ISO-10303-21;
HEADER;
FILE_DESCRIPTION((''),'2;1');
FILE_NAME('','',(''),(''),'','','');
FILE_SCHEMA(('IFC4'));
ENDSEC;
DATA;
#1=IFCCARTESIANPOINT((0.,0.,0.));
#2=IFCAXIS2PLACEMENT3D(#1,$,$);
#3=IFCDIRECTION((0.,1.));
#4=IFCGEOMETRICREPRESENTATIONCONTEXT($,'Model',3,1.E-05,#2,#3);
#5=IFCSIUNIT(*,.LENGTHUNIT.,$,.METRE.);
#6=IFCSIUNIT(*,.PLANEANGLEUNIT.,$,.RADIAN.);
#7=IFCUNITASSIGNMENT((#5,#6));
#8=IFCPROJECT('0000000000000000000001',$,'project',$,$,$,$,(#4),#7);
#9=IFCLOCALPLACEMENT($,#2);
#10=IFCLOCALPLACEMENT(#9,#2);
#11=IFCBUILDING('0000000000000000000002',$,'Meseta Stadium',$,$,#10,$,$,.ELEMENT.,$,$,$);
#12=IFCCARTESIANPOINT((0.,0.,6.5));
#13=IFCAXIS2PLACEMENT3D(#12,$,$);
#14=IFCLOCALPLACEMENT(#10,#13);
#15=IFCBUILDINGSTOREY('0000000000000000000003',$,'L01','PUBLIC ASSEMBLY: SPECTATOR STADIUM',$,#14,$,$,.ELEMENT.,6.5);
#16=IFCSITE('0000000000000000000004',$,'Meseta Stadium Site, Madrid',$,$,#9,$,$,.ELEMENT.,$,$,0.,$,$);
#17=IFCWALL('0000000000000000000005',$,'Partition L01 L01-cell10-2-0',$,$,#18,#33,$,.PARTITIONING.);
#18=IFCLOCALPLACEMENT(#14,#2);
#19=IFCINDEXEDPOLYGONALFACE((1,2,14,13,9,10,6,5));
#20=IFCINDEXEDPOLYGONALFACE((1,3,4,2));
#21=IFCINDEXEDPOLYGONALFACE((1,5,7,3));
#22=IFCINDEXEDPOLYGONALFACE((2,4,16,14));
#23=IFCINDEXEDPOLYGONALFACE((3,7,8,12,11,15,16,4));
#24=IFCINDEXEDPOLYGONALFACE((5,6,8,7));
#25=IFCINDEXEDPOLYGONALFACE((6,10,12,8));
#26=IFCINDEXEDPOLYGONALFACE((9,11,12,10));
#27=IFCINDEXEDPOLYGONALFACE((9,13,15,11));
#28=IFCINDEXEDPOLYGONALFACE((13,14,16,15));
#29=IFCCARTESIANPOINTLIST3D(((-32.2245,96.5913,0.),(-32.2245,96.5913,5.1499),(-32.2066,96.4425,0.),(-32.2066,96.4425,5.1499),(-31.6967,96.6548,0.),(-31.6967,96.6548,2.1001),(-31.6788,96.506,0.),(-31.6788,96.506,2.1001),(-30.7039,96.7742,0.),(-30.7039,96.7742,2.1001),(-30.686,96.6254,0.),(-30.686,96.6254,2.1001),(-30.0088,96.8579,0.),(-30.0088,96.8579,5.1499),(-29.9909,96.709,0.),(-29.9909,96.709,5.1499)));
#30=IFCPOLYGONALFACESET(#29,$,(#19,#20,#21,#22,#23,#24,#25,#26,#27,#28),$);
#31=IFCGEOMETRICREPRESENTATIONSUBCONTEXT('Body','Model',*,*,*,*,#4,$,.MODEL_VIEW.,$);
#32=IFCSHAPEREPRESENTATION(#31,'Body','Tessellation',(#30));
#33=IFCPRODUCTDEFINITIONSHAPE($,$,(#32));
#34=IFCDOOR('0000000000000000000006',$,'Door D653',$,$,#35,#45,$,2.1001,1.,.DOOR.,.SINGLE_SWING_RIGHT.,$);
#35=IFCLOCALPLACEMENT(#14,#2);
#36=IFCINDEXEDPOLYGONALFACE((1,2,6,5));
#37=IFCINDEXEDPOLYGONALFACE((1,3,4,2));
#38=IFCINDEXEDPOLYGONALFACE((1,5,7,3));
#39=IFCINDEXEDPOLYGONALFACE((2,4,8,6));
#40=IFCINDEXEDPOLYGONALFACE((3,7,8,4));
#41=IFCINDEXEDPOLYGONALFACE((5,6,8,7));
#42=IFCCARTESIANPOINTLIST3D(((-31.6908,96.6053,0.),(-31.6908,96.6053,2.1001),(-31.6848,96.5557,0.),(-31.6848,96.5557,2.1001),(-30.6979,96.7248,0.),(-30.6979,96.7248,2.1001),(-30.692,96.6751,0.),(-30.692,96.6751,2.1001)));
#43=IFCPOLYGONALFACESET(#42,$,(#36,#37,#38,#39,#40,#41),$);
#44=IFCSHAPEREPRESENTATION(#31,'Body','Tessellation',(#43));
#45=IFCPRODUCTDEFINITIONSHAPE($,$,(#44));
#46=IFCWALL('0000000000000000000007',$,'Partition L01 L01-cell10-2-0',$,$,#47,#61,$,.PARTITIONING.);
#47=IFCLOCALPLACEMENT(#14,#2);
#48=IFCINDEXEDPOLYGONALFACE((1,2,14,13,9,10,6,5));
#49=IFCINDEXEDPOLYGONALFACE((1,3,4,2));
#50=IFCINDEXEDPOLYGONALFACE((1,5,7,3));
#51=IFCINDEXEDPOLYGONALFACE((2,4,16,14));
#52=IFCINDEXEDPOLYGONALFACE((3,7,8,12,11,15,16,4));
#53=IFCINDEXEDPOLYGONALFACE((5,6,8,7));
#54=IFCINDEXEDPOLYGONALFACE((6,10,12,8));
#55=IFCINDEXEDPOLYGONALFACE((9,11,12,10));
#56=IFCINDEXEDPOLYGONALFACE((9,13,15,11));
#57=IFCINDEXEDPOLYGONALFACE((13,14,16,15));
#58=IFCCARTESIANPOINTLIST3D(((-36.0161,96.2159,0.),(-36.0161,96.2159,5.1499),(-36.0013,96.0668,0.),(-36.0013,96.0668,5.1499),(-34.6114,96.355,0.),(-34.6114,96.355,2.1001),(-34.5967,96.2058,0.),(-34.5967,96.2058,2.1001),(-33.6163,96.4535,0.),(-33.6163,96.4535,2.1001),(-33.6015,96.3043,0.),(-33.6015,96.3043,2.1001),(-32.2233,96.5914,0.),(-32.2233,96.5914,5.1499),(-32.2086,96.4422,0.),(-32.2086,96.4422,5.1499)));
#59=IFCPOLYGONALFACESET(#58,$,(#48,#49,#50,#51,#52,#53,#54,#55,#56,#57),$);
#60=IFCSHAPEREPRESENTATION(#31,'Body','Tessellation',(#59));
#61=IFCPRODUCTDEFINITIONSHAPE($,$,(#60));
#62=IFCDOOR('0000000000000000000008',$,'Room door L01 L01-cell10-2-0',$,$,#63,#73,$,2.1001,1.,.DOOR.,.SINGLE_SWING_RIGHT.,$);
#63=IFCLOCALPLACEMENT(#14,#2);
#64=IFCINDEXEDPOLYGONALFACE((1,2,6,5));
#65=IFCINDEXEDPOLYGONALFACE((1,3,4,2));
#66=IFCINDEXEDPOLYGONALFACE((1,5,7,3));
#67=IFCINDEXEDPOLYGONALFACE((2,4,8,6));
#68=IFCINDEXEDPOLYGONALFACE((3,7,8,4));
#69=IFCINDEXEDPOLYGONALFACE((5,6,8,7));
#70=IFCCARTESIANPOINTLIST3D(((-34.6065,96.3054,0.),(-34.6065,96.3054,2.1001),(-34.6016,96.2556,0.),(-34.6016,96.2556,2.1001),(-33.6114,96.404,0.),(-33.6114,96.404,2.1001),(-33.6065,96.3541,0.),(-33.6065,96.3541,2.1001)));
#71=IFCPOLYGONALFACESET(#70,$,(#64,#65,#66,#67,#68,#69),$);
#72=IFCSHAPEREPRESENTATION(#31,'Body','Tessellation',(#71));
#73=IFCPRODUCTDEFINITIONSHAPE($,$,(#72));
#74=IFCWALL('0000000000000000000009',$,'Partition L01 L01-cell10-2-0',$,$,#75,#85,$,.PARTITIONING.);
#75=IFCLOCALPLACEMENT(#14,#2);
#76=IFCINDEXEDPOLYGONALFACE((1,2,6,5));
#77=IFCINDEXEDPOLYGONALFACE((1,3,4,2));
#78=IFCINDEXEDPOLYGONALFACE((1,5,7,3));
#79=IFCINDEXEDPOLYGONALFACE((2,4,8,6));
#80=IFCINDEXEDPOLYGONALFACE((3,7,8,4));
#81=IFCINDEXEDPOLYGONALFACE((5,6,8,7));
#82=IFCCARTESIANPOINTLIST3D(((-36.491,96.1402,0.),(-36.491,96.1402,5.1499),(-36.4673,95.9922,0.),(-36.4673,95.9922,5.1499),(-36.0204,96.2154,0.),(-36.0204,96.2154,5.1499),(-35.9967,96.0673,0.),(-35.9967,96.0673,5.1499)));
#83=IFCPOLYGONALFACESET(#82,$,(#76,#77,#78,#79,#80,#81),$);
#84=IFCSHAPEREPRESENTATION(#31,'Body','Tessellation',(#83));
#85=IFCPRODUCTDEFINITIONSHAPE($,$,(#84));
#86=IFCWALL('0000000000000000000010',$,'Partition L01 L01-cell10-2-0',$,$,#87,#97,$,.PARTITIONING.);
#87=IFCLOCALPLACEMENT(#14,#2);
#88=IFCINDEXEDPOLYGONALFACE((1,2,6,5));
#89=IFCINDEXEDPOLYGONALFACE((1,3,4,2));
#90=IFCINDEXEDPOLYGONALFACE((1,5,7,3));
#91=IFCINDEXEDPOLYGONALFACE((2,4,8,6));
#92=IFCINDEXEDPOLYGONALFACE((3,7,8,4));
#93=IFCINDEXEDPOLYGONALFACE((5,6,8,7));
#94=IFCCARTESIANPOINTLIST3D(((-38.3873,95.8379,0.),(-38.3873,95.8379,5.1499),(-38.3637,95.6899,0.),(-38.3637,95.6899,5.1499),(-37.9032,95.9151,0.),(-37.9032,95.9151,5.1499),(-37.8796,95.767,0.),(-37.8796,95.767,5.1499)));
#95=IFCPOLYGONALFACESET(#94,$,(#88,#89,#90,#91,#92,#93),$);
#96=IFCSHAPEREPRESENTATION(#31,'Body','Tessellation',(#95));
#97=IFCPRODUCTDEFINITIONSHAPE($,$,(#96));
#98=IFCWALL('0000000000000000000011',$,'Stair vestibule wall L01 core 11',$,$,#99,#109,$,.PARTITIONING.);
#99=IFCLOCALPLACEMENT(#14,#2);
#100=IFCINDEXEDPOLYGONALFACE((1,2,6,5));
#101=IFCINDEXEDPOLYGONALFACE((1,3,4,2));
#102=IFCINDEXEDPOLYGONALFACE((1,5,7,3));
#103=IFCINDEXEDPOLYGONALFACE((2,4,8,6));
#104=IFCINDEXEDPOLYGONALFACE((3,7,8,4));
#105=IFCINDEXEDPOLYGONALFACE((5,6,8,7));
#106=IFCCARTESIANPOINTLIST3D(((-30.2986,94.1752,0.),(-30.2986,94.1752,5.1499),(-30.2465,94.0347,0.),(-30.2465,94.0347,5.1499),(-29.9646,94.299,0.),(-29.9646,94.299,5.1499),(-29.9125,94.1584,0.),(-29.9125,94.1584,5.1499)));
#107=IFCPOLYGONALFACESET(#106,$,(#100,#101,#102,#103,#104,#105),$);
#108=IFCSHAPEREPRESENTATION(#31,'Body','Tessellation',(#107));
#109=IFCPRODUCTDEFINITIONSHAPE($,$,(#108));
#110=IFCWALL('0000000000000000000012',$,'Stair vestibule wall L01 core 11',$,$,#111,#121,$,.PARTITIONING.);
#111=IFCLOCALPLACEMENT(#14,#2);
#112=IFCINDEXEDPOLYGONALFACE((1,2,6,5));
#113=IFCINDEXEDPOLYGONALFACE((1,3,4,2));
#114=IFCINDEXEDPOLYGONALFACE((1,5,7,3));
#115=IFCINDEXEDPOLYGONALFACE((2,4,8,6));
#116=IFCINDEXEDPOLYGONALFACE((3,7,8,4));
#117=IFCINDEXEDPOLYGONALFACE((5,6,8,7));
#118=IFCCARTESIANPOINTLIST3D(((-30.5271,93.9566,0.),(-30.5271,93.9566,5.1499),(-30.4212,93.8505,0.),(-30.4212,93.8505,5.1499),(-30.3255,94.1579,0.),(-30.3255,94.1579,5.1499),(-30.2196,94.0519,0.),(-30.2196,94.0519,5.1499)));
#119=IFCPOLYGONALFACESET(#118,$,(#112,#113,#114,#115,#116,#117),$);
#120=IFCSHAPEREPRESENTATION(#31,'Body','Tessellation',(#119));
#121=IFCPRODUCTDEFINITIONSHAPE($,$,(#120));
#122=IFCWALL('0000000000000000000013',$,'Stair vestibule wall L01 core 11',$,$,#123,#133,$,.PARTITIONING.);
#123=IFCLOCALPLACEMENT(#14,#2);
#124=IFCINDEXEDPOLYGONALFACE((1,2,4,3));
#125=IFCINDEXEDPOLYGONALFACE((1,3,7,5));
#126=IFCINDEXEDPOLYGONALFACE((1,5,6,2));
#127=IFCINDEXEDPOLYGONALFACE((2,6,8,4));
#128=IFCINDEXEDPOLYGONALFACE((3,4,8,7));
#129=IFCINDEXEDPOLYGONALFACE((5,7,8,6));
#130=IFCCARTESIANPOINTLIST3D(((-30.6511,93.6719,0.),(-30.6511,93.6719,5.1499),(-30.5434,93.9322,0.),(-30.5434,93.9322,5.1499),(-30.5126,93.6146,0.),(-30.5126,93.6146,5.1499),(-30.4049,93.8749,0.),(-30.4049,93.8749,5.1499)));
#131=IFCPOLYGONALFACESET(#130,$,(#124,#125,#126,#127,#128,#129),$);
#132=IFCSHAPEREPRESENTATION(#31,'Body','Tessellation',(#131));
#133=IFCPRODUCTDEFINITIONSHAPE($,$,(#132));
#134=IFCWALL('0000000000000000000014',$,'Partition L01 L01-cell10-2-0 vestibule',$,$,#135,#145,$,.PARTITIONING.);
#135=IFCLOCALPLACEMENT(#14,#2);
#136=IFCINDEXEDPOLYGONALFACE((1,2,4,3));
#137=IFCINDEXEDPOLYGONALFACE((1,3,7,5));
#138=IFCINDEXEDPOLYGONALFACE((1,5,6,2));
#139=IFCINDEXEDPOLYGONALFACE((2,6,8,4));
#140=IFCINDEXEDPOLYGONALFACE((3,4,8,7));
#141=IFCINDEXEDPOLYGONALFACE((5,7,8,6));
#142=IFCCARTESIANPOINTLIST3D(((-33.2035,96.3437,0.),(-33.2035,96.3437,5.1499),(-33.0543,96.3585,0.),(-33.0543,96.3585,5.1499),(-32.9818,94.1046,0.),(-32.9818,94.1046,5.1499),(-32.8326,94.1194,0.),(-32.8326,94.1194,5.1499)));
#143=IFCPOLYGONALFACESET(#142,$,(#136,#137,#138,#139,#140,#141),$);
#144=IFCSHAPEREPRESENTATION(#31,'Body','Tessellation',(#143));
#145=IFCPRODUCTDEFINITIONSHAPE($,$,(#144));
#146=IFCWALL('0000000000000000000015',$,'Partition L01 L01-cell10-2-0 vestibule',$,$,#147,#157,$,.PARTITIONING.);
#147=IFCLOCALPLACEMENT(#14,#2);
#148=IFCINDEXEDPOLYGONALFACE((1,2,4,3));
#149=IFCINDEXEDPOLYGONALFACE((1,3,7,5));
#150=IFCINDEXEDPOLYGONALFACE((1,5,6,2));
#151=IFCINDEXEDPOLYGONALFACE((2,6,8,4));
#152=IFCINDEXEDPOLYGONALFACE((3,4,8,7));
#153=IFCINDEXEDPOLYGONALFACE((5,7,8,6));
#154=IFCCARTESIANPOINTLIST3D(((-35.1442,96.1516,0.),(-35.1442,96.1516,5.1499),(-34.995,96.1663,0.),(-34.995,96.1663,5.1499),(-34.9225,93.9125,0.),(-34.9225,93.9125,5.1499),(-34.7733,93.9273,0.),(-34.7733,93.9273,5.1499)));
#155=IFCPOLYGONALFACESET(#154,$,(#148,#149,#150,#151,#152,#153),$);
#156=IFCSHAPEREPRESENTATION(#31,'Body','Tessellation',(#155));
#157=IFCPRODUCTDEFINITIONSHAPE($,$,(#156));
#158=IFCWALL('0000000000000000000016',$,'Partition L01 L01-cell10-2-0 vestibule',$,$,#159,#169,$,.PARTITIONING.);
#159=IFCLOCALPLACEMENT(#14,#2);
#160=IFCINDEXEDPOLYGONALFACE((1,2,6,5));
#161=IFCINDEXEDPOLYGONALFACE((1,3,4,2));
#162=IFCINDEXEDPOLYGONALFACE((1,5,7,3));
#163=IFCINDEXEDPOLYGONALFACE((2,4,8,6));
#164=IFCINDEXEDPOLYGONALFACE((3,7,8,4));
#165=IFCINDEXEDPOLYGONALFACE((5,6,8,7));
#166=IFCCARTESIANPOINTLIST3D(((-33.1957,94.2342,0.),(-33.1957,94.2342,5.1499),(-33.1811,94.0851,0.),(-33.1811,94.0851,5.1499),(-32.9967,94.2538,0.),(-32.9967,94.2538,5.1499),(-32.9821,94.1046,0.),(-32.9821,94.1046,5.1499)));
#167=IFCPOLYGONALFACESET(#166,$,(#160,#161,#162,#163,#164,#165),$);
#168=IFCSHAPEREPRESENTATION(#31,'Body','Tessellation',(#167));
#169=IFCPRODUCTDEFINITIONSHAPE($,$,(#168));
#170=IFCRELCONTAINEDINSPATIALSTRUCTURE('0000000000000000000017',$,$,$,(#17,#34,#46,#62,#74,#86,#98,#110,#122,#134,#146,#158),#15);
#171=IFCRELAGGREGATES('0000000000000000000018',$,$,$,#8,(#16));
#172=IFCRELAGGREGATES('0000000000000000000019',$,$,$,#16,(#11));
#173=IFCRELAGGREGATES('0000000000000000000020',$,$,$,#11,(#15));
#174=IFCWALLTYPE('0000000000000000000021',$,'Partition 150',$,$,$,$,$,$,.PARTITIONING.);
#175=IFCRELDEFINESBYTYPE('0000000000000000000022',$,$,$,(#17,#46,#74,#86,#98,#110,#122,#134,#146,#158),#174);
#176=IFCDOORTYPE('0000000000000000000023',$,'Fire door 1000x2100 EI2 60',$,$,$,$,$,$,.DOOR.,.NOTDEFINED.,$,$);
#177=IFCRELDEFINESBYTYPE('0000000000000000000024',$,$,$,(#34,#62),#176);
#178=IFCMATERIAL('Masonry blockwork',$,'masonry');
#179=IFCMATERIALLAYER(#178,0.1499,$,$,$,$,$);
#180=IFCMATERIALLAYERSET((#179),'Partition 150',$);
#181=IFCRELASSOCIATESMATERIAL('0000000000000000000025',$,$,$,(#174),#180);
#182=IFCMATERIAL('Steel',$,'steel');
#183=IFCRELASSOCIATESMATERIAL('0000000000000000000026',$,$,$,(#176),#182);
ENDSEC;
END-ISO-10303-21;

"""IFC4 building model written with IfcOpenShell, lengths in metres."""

from ifc_helpers import new_model, si_unit, direction, frame, frame_2d, origin, place, context, subcontext, project, spatial, rectangle, extrude, material, layer, layer_set, type_object, element, fill, save


model = new_model("IFC4")

# Units and contexts
model_context = context("Model", 3, precision=1e-05, world=origin(), true_north=direction((0.0, 1.0)))
body_context = subcontext(model_context, "Body", "Model", "MODEL_VIEW")
ifc_project = project(units=[si_unit("LENGTHUNIT", "METRE"), si_unit("PLANEANGLEUNIT", "RADIAN")], contexts=[model_context])

# Site, building, storey
site_placement = place(None, origin())
site = spatial("IfcSite", under=ifc_project, at=site_placement, Name="Meseta Stadium Site, Madrid", CompositionType="ELEMENT", RefElevation=0.0)
building_placement = place(site_placement, origin())
building = spatial("IfcBuilding", under=site, at=building_placement, Name="Meseta Stadium", CompositionType="ELEMENT")
storey_placement = place(building_placement, frame((0.0, 0.0, 6.5)))
storey = spatial("IfcBuildingStorey", under=building, at=storey_placement, Name="L01", Description="PUBLIC ASSEMBLY: SPECTATOR STADIUM", CompositionType="ELEMENT", Elevation=6.5)

# Walls, openings, doors
ifc_material_1 = material(Name="Masonry blockwork", Category="masonry")
ifc_layer_1 = layer(ifc_material_1, 0.1499)
ifc_layer_set_1 = layer_set([ifc_layer_1], Name="Partition 150")
wall_type_1 = type_object("IfcWallType", Name="Partition 150", PredefinedType="PARTITIONING", material=ifc_layer_set_1)
wall_1_placement = place(storey_placement, frame((-30.0, 96.7834, 0.0), z_axis=(0.0, 0.0, 1.0), x_axis=(-0.99284, -0.119456, 0.0)))
wall_1 = element("IfcWall", 1, at=wall_1_placement, inside=storey, type_object=wall_type_1, Name="Partition L01 L01-cell10-2-0", PredefinedType="PARTITIONING", context=body_context, shape_type="SweptSolid", body=[
    extrude(rectangle(XDim=2.2317, YDim=0.1499, at=frame_2d((1.1157, 0.0))), origin(), (0.0, 0.0, 1.0), 5.1499),
])
opening_1_placement = place(wall_1_placement, frame((0.7, 0.0, 0.0)))
opening_1 = element("IfcOpeningElement", 2, at=opening_1_placement, cuts=wall_1, PredefinedType="OPENING", context=body_context, shape_type="SweptSolid", body=[
    extrude(rectangle(XDim=1.0, YDim=2.1001, at=frame_2d((0.5, 1.05))), frame((0.0, 0.085, 0.0), z_axis=(0.0, -1.0, 0.0), x_axis=(1.0, 0.0, 0.0)), (0.0, 0.0, 1.0), 0.1699),
])
ifc_material_2 = material(Name="Steel", Category="steel")
door_type = type_object("IfcDoorType", Name="Fire door 1000x2100 EI2 60", OperationType="NOTDEFINED", PredefinedType="DOOR", material=ifc_material_2)
door_1_placement = place(opening_1_placement, origin())
door_1 = element("IfcDoor", 3, at=door_1_placement, inside=storey, type_object=door_type, Name="Door D653", OperationType="SINGLE_SWING_RIGHT", OverallHeight=2.1001, OverallWidth=1.0, PredefinedType="DOOR", context=body_context, shape_type="SweptSolid", body=[
    extrude(rectangle(XDim=1.0, YDim=2.1001, at=frame_2d((0.5, 1.05))), frame((0.0, 0.0249, 0.0), z_axis=(0.0, -1.0, 0.0), x_axis=(1.0, 0.0, 0.0)), (0.0, 0.0, 1.0), 0.05),
])
fill(opening_1, door_1)
wall_2_placement = place(storey_placement, frame((-32.2158, 96.5168, 0.0), z_axis=(0.0, 0.0, 1.0), x_axis=(-0.995135, -0.098521, 0.0)))
wall_2 = element("IfcWall", 4, at=wall_2_placement, inside=storey, type_object=wall_type_1, Name="Partition L01 L01-cell10-2-0", PredefinedType="PARTITIONING", context=body_context, shape_type="SweptSolid", body=[
    extrude(rectangle(XDim=3.8113, YDim=0.1499, at=frame_2d((1.9058, 0.0))), origin(), (0.0, 0.0, 1.0), 5.1499),
])
opening_2_placement = place(wall_2_placement, frame((1.3999, 0.0, 0.0)))
opening_2 = element("IfcOpeningElement", 5, at=opening_2_placement, cuts=wall_2, PredefinedType="OPENING", context=body_context, shape_type="SweptSolid", body=[
    extrude(rectangle(XDim=1.0, YDim=2.1001, at=frame_2d((0.5, 1.05))), frame((0.0, 0.085, 0.0), z_axis=(0.0, -1.0, 0.0), x_axis=(1.0, 0.0, 0.0)), (0.0, 0.0, 1.0), 0.1699),
])
door_2_placement = place(opening_2_placement, origin())
door_2 = element("IfcDoor", 6, at=door_2_placement, inside=storey, type_object=door_type, Name="Room door L01 L01-cell10-2-0", OperationType="SINGLE_SWING_RIGHT", OverallHeight=2.1001, OverallWidth=1.0, PredefinedType="DOOR", context=body_context, shape_type="SweptSolid", body=[
    extrude(rectangle(XDim=1.0, YDim=2.1001, at=frame_2d((0.5, 1.05))), frame((0.0, 0.0249, 0.0), z_axis=(0.0, -1.0, 0.0), x_axis=(1.0, 0.0, 0.0)), (0.0, 0.0, 1.0), 0.05),
])
fill(opening_2, door_2)

# Walls
wall_3_placement = place(storey_placement, frame((-36.0085, 96.1414, 0.0), z_axis=(0.0, 0.0, 1.0), x_axis=(-0.987479, -0.157751, 0.0)))
element("IfcWall", 7, at=wall_3_placement, inside=storey, type_object=wall_type_1, Name="Partition L01 L01-cell10-2-0", PredefinedType="PARTITIONING", context=body_context, shape_type="SweptSolid", body=[
    extrude(rectangle(XDim=0.4766, YDim=0.1499, at=frame_2d((0.2383, 0.0))), origin(), (0.0, 0.0, 1.0), 5.1499),
])
wall_4_placement = place(storey_placement, frame((-37.8914, 95.8411, 0.0), z_axis=(0.0, 0.0, 1.0), x_axis=(-0.98754, -0.157369, 0.0)))
element("IfcWall", 8, at=wall_4_placement, inside=storey, type_object=wall_type_1, Name="Partition L01 L01-cell10-2-0", PredefinedType="PARTITIONING", context=body_context, shape_type="SweptSolid", body=[
    extrude(rectangle(XDim=0.4902, YDim=0.1499, at=frame_2d((0.2451, 0.0))), origin(), (0.0, 0.0, 1.0), 5.1499),
])
wall_5_placement = place(storey_placement, frame((-29.9385, 94.2288, 0.0), z_axis=(0.0, 0.0, 1.0), x_axis=(-0.937674, -0.347515, 0.0)))
element("IfcWall", 9, at=wall_5_placement, inside=storey, type_object=wall_type_1, Name="Stair vestibule wall L01 core 11", PredefinedType="PARTITIONING", context=body_context, shape_type="SweptSolid", body=[
    extrude(rectangle(XDim=0.3562, YDim=0.1499, at=frame_2d((0.1782, 0.0))), origin(), (0.0, 0.0, 1.0), 5.1499),
])
wall_6_placement = place(storey_placement, frame((-30.2725, 94.105, 0.0), z_axis=(0.0, 0.0, 1.0), x_axis=(-0.707535, -0.706678, 0.0)))
element("IfcWall", 10, at=wall_6_placement, inside=storey, type_object=wall_type_1, Name="Stair vestibule wall L01 core 11", PredefinedType="PARTITIONING", context=body_context, shape_type="SweptSolid", body=[
    extrude(rectangle(XDim=0.2849, YDim=0.1499, at=frame_2d((0.1426, 0.0))), origin(), (0.0, 0.0, 1.0), 5.1499),
])
wall_7_placement = place(storey_placement, frame((-30.4741, 93.9036, 0.0), z_axis=(0.0, 0.0, 1.0), x_axis=(-0.382275, -0.924049, 0.0)))
element("IfcWall", 11, at=wall_7_placement, inside=storey, type_object=wall_type_1, Name="Stair vestibule wall L01 core 11", PredefinedType="PARTITIONING", context=body_context, shape_type="SweptSolid", body=[
    extrude(rectangle(XDim=0.2817, YDim=0.1499, at=frame_2d((0.1409, 0.0))), origin(), (0.0, 0.0, 1.0), 5.1499),
])
for number, where, z_axis, x_axis, name in (
    (12, (-33.1289, 96.3511, 0.0), (0.0, 0.0, 1.0), (0.098526, -0.995134, 0.0), "Partition L01 L01-cell10-2-0 vestibule"),
    (13, (-35.0696, 96.1589, 0.0), (0.0, 0.0, 1.0), (0.098526, -0.995134, 0.0), "Partition L01 L01-cell10-2-0 vestibule"),
):
    element("IfcWall", number, at=place(storey_placement, frame(where, z_axis=z_axis, x_axis=x_axis)), inside=storey, type_object=wall_type_1, Name=name, PredefinedType="PARTITIONING", context=body_context, shape_type="SweptSolid", body=[
        extrude(rectangle(XDim=2.25, YDim=0.1499, at=frame_2d((1.125, 0.0))), origin(), (0.0, 0.0, 1.0), 5.1499),
    ])
wall_8_placement = place(storey_placement, frame((-32.9893, 94.1792, 0.0), z_axis=(0.0, 0.0, 1.0), x_axis=(-0.995217, -0.09769, 0.0)))
element("IfcWall", 14, at=wall_8_placement, inside=storey, type_object=wall_type_1, Name="Partition L01 L01-cell10-2-0 vestibule", PredefinedType="PARTITIONING", context=body_context, shape_type="SweptSolid", body=[
    extrude(rectangle(XDim=0.2, YDim=0.1499, at=frame_2d((0.1001, 0.0))), origin(), (0.0, 0.0, 1.0), 5.1499),
])

save(model, "model.ifc")
